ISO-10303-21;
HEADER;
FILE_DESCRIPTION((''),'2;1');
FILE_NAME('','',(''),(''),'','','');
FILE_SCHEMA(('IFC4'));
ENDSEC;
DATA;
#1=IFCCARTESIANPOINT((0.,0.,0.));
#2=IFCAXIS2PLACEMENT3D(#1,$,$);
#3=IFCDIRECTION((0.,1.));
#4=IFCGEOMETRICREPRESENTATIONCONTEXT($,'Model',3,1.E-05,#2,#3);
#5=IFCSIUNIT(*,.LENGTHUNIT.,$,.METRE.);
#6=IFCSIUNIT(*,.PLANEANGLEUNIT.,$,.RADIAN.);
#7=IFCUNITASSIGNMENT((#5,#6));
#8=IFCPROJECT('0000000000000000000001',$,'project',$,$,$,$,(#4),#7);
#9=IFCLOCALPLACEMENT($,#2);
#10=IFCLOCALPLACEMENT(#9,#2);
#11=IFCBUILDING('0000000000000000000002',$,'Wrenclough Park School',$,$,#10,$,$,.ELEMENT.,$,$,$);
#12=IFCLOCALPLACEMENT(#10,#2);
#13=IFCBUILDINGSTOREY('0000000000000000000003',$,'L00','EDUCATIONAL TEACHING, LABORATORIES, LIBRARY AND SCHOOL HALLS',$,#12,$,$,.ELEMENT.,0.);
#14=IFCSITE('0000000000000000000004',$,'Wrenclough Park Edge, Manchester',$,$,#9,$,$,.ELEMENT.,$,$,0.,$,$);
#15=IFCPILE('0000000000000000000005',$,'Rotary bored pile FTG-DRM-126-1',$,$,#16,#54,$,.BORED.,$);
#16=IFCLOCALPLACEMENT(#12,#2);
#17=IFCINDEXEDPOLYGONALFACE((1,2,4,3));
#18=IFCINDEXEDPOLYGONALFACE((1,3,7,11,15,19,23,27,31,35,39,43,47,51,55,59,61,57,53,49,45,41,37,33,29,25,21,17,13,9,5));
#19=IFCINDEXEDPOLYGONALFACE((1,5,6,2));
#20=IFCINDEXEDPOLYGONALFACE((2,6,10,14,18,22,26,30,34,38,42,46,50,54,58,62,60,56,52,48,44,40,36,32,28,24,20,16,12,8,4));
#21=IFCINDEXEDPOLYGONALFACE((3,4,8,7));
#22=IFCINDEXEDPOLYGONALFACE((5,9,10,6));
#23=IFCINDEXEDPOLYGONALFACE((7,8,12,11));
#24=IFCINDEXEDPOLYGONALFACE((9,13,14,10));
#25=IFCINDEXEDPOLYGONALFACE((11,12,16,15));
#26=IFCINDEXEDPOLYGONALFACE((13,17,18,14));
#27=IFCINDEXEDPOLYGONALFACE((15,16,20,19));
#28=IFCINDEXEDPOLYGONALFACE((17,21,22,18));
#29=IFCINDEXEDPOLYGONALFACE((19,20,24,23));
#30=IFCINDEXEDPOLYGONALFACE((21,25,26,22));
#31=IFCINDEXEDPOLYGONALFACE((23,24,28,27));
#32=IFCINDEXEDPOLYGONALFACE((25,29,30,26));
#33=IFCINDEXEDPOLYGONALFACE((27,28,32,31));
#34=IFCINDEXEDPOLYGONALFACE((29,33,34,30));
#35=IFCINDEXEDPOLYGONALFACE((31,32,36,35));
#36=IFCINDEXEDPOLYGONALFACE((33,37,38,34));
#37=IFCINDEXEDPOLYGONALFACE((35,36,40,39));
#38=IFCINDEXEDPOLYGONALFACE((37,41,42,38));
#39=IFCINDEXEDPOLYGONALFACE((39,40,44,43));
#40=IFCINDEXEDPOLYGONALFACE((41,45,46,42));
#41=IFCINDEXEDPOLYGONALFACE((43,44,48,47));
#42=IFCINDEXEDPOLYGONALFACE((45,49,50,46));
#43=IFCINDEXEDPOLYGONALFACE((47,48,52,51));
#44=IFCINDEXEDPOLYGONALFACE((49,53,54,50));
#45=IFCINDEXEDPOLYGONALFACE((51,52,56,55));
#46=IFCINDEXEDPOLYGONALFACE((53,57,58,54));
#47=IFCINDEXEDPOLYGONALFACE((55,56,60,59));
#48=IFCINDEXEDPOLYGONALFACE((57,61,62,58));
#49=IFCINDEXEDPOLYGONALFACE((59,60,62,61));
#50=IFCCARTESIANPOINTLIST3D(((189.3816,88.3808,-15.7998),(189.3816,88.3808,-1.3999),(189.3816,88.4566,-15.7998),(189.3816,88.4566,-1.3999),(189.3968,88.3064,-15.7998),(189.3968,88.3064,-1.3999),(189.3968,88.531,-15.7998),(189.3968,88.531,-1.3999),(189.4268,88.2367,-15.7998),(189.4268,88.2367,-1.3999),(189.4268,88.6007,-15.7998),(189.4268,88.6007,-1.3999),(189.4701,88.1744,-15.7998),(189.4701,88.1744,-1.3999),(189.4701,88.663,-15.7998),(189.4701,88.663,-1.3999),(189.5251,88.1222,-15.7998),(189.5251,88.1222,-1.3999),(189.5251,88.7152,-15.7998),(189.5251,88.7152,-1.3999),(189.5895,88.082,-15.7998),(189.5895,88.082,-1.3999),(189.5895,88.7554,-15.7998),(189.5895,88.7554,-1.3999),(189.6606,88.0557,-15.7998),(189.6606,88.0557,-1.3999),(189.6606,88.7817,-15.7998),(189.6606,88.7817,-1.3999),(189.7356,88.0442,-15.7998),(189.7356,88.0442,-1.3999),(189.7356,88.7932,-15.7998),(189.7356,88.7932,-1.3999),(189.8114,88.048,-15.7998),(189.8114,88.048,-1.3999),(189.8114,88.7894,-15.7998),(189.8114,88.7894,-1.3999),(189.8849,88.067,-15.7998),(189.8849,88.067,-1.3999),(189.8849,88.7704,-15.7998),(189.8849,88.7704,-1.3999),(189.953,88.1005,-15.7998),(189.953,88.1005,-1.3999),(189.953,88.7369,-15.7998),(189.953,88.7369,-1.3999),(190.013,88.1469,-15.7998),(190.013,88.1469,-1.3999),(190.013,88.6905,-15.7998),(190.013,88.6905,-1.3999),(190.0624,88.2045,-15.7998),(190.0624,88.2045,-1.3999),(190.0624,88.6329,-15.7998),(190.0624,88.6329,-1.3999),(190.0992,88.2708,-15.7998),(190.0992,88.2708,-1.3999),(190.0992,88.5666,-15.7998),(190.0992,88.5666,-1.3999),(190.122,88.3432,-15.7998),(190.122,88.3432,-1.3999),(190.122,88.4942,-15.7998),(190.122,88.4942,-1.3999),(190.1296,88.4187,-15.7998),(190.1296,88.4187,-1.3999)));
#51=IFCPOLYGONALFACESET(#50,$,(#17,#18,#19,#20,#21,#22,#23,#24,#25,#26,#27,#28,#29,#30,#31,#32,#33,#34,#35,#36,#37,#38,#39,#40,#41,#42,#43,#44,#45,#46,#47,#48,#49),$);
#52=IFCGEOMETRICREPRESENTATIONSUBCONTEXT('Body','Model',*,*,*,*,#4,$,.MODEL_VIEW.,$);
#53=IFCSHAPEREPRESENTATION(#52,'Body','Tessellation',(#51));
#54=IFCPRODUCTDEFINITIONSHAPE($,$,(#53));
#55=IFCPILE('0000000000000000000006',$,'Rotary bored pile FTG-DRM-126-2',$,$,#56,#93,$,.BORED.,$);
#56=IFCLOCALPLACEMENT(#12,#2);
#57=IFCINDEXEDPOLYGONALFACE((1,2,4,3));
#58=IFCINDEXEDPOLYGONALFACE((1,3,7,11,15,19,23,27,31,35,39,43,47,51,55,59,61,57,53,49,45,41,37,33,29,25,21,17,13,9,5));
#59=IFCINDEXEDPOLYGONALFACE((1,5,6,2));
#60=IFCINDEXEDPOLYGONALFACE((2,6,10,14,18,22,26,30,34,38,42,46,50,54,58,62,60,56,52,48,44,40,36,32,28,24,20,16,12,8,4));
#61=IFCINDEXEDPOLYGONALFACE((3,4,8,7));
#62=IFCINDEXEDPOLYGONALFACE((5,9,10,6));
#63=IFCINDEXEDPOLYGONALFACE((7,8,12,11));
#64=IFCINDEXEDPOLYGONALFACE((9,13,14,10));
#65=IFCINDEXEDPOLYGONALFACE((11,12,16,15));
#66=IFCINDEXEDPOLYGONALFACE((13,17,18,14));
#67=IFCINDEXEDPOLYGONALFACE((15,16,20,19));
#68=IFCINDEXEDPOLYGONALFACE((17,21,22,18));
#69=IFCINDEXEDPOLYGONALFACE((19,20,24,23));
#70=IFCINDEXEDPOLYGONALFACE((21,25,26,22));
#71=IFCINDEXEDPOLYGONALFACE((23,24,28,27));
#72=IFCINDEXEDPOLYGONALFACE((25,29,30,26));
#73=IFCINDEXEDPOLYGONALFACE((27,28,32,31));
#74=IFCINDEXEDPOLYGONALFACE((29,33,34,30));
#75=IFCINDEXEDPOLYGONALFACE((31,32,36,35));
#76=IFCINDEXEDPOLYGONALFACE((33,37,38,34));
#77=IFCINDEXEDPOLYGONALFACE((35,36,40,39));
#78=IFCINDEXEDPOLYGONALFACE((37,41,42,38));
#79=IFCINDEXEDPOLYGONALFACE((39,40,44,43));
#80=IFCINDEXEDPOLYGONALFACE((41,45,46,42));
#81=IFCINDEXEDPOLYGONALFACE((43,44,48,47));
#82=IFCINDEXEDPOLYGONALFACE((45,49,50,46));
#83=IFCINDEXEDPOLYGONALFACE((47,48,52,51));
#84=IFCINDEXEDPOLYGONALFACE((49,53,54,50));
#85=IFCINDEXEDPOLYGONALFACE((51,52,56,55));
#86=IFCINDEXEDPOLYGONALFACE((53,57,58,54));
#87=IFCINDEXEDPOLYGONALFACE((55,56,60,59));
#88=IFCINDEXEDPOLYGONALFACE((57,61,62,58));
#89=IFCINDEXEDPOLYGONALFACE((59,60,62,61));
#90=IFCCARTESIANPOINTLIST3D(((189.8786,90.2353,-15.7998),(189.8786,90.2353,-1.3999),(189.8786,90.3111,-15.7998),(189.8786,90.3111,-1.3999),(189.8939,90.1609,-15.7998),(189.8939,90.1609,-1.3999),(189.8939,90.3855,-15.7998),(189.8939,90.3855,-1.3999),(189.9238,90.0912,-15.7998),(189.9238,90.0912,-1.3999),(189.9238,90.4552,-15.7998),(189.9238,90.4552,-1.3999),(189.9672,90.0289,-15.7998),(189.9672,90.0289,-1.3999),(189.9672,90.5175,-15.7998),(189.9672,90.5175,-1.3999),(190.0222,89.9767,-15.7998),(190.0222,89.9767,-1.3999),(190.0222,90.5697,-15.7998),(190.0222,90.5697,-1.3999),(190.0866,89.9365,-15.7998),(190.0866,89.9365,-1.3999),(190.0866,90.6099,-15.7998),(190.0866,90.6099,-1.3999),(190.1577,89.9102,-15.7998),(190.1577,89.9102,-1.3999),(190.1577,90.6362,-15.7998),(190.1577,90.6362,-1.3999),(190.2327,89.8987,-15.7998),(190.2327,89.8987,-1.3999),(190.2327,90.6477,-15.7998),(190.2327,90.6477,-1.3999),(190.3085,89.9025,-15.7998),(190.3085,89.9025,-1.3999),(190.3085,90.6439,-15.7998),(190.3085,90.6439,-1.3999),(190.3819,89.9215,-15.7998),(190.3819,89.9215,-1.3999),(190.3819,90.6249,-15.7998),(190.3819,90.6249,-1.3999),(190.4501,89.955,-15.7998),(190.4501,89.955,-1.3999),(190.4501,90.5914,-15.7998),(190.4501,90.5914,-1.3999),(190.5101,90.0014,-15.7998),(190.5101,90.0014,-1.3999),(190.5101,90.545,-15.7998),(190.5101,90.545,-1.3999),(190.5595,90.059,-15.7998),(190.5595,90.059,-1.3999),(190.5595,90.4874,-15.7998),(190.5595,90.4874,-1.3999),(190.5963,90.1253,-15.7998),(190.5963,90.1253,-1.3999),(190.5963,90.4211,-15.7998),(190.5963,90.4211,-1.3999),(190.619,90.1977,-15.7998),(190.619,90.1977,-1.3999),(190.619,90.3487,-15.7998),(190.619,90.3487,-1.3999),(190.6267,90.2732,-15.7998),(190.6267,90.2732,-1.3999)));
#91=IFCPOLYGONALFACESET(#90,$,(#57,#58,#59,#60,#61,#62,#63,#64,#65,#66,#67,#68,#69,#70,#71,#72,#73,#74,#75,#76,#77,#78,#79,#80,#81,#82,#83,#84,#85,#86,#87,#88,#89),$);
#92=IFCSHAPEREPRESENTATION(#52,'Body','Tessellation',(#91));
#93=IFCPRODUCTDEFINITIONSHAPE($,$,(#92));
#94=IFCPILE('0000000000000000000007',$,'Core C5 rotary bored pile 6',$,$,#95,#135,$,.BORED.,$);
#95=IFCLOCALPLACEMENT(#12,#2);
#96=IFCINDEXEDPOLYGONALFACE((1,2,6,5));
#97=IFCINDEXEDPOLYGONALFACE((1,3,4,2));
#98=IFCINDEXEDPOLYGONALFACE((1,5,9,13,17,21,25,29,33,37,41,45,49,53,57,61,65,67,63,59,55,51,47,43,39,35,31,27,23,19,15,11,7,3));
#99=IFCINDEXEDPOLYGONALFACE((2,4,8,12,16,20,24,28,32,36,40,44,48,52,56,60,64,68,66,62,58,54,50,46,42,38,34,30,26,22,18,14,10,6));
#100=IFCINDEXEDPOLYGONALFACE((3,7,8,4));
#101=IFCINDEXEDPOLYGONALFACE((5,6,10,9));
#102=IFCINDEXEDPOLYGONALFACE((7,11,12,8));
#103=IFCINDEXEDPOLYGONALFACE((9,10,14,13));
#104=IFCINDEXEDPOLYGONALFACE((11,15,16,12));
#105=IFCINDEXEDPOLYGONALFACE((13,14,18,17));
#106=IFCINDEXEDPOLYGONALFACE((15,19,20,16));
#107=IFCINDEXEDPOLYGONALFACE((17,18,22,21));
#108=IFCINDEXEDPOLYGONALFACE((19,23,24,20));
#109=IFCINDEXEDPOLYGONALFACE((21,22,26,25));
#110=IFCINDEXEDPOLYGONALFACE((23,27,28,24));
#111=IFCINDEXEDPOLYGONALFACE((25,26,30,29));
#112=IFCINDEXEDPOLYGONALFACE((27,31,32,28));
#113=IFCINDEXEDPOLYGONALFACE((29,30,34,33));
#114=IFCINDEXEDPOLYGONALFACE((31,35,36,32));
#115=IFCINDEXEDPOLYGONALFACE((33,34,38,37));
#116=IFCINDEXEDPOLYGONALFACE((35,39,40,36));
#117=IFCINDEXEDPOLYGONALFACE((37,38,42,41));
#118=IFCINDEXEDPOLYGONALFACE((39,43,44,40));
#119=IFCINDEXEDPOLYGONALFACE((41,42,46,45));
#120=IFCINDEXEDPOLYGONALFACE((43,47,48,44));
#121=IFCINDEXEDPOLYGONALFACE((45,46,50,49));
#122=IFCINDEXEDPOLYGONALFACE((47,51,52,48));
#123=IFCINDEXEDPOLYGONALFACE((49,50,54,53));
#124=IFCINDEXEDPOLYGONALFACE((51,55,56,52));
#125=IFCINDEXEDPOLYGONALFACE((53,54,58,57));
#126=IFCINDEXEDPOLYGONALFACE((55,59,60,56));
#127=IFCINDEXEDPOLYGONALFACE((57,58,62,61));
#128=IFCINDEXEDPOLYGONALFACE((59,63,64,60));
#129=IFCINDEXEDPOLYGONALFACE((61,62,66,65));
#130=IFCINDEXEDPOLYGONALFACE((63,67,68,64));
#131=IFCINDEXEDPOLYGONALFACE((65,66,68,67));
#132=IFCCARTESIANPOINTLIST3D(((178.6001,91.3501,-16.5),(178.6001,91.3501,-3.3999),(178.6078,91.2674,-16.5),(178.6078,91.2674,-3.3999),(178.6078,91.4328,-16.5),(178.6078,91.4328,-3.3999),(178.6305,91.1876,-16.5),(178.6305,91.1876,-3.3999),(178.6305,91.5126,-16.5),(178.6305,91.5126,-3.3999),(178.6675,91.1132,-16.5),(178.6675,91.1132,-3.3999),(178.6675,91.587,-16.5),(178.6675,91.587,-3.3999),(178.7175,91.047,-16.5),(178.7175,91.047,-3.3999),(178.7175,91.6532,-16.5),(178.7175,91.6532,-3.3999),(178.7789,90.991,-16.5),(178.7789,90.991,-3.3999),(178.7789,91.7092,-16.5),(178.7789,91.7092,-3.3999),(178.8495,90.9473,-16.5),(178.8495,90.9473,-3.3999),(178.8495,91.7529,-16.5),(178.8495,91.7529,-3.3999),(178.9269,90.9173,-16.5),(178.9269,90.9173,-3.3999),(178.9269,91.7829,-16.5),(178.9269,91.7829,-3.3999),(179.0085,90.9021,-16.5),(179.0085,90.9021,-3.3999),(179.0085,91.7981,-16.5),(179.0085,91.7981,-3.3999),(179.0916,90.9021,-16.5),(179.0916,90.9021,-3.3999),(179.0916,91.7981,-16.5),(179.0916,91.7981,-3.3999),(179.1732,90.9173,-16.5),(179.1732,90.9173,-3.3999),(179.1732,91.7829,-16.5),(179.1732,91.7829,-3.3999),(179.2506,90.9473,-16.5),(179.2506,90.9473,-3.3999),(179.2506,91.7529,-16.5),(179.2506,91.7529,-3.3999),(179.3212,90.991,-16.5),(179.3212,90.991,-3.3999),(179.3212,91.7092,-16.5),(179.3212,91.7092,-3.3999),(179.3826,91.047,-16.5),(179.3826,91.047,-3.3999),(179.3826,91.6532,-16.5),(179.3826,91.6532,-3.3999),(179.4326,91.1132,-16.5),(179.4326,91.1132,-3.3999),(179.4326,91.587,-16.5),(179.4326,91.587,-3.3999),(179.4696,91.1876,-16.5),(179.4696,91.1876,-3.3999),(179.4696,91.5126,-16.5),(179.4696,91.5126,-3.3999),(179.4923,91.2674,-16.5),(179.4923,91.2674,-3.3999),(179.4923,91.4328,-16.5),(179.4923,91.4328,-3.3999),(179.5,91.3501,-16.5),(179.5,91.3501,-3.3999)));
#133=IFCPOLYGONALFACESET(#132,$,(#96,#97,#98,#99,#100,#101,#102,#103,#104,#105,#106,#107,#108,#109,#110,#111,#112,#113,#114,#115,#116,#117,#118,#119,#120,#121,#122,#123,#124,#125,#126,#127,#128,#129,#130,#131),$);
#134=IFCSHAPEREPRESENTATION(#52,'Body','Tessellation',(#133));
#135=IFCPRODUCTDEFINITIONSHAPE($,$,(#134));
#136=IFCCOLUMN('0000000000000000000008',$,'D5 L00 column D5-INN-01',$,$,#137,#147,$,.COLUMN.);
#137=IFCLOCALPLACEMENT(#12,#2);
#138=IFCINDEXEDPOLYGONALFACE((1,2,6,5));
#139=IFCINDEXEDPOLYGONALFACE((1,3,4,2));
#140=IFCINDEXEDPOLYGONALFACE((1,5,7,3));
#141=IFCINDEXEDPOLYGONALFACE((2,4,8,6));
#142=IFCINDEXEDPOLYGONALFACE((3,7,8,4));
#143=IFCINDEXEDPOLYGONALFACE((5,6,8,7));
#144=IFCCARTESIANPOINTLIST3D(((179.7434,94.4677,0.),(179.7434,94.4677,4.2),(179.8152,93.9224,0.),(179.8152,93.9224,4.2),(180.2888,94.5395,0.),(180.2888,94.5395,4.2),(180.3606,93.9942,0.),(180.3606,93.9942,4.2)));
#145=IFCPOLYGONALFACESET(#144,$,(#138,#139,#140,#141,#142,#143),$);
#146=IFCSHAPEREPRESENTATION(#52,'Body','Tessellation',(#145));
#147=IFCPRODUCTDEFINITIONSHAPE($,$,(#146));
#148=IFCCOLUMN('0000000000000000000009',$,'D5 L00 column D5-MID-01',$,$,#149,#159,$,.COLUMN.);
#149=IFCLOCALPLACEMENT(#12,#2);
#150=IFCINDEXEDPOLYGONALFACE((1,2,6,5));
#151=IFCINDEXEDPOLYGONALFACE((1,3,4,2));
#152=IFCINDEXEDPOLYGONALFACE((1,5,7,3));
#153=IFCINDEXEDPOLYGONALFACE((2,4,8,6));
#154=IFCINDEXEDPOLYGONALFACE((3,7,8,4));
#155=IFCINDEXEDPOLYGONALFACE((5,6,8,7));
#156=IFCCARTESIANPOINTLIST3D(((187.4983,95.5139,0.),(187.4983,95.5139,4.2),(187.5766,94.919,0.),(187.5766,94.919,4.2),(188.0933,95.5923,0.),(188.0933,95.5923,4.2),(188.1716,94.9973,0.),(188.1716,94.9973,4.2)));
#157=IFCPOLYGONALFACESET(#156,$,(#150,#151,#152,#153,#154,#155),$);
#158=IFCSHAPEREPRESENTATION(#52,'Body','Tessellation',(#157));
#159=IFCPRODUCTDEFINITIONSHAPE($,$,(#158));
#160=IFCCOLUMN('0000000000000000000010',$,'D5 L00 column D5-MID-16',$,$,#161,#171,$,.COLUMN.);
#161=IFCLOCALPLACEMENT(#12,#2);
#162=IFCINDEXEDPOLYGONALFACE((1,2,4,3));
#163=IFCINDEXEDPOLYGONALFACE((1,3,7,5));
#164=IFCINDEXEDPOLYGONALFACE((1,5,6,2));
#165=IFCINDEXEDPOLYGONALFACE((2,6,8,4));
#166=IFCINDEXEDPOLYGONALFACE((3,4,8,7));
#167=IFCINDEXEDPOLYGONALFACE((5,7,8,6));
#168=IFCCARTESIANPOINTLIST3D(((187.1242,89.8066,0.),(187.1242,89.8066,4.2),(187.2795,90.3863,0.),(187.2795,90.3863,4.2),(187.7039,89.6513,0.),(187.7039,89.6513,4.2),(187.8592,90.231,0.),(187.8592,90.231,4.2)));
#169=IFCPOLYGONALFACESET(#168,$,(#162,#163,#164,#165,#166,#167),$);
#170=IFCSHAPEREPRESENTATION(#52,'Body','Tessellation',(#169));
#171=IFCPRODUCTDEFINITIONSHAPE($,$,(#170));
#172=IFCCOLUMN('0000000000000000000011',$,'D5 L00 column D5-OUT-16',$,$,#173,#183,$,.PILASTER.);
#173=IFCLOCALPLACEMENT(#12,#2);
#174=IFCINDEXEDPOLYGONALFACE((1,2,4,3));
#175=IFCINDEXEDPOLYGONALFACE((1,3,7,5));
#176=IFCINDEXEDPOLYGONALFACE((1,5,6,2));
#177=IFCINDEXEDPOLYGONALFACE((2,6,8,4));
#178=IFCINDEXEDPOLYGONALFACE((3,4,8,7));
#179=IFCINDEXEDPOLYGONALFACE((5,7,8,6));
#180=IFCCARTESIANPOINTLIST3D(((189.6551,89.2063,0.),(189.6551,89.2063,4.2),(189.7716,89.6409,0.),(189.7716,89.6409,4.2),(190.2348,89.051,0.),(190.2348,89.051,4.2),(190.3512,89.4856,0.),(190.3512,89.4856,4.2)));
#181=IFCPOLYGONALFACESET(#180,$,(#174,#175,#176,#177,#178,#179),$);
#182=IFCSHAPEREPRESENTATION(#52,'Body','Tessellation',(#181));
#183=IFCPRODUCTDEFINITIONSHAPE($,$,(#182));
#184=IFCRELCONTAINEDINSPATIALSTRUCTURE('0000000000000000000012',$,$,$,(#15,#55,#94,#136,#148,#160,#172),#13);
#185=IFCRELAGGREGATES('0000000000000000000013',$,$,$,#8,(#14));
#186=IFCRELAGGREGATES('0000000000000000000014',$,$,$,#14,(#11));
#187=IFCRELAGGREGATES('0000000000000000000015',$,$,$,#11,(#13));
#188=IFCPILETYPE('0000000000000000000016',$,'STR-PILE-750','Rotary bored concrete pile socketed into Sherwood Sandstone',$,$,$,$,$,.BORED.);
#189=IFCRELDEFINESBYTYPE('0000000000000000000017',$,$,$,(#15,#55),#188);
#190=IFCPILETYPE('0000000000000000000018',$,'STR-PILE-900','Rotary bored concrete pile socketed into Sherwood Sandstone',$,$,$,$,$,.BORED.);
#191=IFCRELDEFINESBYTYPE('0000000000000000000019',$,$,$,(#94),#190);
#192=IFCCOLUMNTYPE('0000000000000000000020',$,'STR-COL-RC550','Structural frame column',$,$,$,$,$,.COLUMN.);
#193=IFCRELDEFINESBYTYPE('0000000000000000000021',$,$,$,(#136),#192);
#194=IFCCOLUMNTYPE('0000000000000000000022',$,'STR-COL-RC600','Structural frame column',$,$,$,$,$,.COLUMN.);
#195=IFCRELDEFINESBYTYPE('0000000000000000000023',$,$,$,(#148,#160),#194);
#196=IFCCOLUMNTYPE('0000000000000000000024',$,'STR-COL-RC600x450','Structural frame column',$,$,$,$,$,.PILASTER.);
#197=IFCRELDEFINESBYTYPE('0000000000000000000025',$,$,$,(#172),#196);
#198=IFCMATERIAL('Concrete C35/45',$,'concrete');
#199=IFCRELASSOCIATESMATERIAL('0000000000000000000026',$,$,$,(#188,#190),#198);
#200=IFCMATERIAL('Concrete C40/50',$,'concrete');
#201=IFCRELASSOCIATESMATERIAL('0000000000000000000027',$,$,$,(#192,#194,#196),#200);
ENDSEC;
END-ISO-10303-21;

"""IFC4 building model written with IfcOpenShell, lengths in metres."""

from ifc_helpers import new_model, si_unit, direction, frame, origin, origin_2d, place, context, subcontext, project, spatial, rectangle, circle, extrude, material, material_profile, profile_set, type_object, element, save


model = new_model("IFC4")

# Units and contexts
model_context = context("Model", 3, precision=1e-05, world=origin(), true_north=direction((0.0, 1.0)))
body_context = subcontext(model_context, "Body", "Model", "MODEL_VIEW")
ifc_project = project(units=[si_unit("LENGTHUNIT", "METRE"), si_unit("PLANEANGLEUNIT", "RADIAN")], contexts=[model_context])

# Site, building, storey
site_placement = place(None, origin())
site = spatial("IfcSite", under=ifc_project, at=site_placement, Name="Wrenclough Park Edge, Manchester", CompositionType="ELEMENT", RefElevation=0.0)
building_placement = place(site_placement, origin())
building = spatial("IfcBuilding", under=site, at=building_placement, Name="Wrenclough Park School", CompositionType="ELEMENT")
storey_placement = place(building_placement, origin())
storey = spatial("IfcBuildingStorey", under=building, at=storey_placement, Name="L00", Description="EDUCATIONAL TEACHING, LABORATORIES, LIBRARY AND SCHOOL HALLS", CompositionType="ELEMENT", Elevation=0.0)

# Shared definitions
ifc_material_1 = material(Name="Concrete C35/45", Category="concrete")

# Piles
ifc_material_profile_1 = material_profile(ifc_material_1, circle(Radius=0.375, at=origin_2d()), Name="BORED PILE D750")
ifc_profile_set_1 = profile_set([ifc_material_profile_1], Name="Concrete C35/45")
pile_type_1 = type_object("IfcPileType", Name="STR-PILE-750", Description="Rotary bored concrete pile socketed into Sherwood Sandstone", PredefinedType="BORED", material=ifc_profile_set_1)
for number, where, z_axis, x_axis, name in (
    (1, (189.7546, 88.4187, -1.3999), (0.0, 0.0, -1.0), (1.0, 0.0, 0.0), "Rotary bored pile FTG-DRM-126-1"),
    (2, (190.2517, 90.2732, -1.3999), (0.0, 0.0, -1.0), (1.0, 0.0, 0.0), "Rotary bored pile FTG-DRM-126-2"),
):
    element("IfcPile", number, at=place(storey_placement, frame(where, z_axis=z_axis, x_axis=x_axis)), inside=storey, type_object=pile_type_1, Name=name, PredefinedType="BORED", context=body_context, shape_type="SweptSolid", body=[
        extrude(circle(Radius=0.375, at=origin_2d()), origin(), (0.0, 0.0, 1.0), 14.3999),
    ])
ifc_material_profile_2 = material_profile(ifc_material_1, circle(Radius=0.45, at=origin_2d()), Name="BORED PILE D900")
ifc_profile_set_2 = profile_set([ifc_material_profile_2], Name="Concrete C35/45")
pile_type_2 = type_object("IfcPileType", Name="STR-PILE-900", Description="Rotary bored concrete pile socketed into Sherwood Sandstone", PredefinedType="BORED", material=ifc_profile_set_2)
pile_placement = place(storey_placement, frame((179.05, 91.3501, -3.3999), z_axis=(0.0, 0.0, -1.0), x_axis=(1.0, 0.0, 0.0)))
element("IfcPile", 3, at=pile_placement, inside=storey, type_object=pile_type_2, Name="Core C5 rotary bored pile 6", PredefinedType="BORED", context=body_context, shape_type="SweptSolid", body=[
    extrude(circle(Radius=0.45, at=origin_2d()), origin(), (0.0, 0.0, 1.0), 13.1001),
])

# Columns
ifc_material_2 = material(Name="Concrete C40/50", Category="concrete")
ifc_material_profile_3 = material_profile(ifc_material_2, rectangle(XDim=0.55, YDim=0.55, at=origin_2d()), Name="RC COL 550x550")
ifc_profile_set_3 = profile_set([ifc_material_profile_3], Name="Concrete C40/50")
column_type_1 = type_object("IfcColumnType", Name="STR-COL-RC550", Description="Structural frame column", PredefinedType="COLUMN", material=ifc_profile_set_3)
column_1_placement = place(storey_placement, frame((180.052, 94.231, 0.0), z_axis=(0.0, 0.0, 1.0), x_axis=(0.991445, 0.130526, 0.0)))
element("IfcColumn", 4, at=column_1_placement, inside=storey, type_object=column_type_1, Name="D5 L00 column D5-INN-01", PredefinedType="COLUMN", context=body_context, shape_type="SweptSolid", body=[
    extrude(rectangle(XDim=0.55, YDim=0.55, at=origin_2d()), origin(), (0.0, 0.0, 1.0), 4.2),
])
ifc_material_profile_4 = material_profile(ifc_material_2, rectangle(XDim=0.6001, YDim=0.6001, at=origin_2d()), Name="RC COL 600x600")
ifc_profile_set_4 = profile_set([ifc_material_profile_4], Name="Concrete C40/50")
column_type_2 = type_object("IfcColumnType", Name="STR-COL-RC600", Description="Structural frame column", PredefinedType="COLUMN", material=ifc_profile_set_4)
for number, where, z_axis, x_axis, name in (
    (5, (187.835, 95.2556, 0.0), (0.0, 0.0, 1.0), (-0.130526, 0.991445, 0.0), "D5 L00 column D5-MID-01"),
    (6, (187.4917, 90.0188, 0.0), (0.0, 0.0, 1.0), (0.258819, 0.965926, 0.0), "D5 L00 column D5-MID-16"),
):
    element("IfcColumn", number, at=place(storey_placement, frame(where, z_axis=z_axis, x_axis=x_axis)), inside=storey, type_object=column_type_2, Name=name, PredefinedType="COLUMN", context=body_context, shape_type="SweptSolid", body=[
        extrude(rectangle(XDim=0.6001, YDim=0.6001, at=origin_2d()), origin(), (0.0, 0.0, 1.0), 4.2),
    ])
ifc_material_profile_5 = material_profile(ifc_material_2, rectangle(XDim=0.45, YDim=0.6001, at=origin_2d()), Name="RC COL 600x450")
ifc_profile_set_5 = profile_set([ifc_material_profile_5], Name="Concrete C40/50")
column_type_3 = type_object("IfcColumnType", Name="STR-COL-RC600x450", Description="Structural frame column", PredefinedType="PILASTER", material=ifc_profile_set_5)
column_2_placement = place(storey_placement, frame((190.0032, 89.3459, 0.0), z_axis=(0.0, 0.0, 1.0), x_axis=(0.258819, 0.965926, 0.0)))
element("IfcColumn", 7, at=column_2_placement, inside=storey, type_object=column_type_3, Name="D5 L00 column D5-OUT-16", PredefinedType="PILASTER", context=body_context, shape_type="SweptSolid", body=[
    extrude(rectangle(XDim=0.45, YDim=0.6001, at=origin_2d()), origin(), (0.0, 0.0, 1.0), 4.2),
])

save(model, "model.ifc")
